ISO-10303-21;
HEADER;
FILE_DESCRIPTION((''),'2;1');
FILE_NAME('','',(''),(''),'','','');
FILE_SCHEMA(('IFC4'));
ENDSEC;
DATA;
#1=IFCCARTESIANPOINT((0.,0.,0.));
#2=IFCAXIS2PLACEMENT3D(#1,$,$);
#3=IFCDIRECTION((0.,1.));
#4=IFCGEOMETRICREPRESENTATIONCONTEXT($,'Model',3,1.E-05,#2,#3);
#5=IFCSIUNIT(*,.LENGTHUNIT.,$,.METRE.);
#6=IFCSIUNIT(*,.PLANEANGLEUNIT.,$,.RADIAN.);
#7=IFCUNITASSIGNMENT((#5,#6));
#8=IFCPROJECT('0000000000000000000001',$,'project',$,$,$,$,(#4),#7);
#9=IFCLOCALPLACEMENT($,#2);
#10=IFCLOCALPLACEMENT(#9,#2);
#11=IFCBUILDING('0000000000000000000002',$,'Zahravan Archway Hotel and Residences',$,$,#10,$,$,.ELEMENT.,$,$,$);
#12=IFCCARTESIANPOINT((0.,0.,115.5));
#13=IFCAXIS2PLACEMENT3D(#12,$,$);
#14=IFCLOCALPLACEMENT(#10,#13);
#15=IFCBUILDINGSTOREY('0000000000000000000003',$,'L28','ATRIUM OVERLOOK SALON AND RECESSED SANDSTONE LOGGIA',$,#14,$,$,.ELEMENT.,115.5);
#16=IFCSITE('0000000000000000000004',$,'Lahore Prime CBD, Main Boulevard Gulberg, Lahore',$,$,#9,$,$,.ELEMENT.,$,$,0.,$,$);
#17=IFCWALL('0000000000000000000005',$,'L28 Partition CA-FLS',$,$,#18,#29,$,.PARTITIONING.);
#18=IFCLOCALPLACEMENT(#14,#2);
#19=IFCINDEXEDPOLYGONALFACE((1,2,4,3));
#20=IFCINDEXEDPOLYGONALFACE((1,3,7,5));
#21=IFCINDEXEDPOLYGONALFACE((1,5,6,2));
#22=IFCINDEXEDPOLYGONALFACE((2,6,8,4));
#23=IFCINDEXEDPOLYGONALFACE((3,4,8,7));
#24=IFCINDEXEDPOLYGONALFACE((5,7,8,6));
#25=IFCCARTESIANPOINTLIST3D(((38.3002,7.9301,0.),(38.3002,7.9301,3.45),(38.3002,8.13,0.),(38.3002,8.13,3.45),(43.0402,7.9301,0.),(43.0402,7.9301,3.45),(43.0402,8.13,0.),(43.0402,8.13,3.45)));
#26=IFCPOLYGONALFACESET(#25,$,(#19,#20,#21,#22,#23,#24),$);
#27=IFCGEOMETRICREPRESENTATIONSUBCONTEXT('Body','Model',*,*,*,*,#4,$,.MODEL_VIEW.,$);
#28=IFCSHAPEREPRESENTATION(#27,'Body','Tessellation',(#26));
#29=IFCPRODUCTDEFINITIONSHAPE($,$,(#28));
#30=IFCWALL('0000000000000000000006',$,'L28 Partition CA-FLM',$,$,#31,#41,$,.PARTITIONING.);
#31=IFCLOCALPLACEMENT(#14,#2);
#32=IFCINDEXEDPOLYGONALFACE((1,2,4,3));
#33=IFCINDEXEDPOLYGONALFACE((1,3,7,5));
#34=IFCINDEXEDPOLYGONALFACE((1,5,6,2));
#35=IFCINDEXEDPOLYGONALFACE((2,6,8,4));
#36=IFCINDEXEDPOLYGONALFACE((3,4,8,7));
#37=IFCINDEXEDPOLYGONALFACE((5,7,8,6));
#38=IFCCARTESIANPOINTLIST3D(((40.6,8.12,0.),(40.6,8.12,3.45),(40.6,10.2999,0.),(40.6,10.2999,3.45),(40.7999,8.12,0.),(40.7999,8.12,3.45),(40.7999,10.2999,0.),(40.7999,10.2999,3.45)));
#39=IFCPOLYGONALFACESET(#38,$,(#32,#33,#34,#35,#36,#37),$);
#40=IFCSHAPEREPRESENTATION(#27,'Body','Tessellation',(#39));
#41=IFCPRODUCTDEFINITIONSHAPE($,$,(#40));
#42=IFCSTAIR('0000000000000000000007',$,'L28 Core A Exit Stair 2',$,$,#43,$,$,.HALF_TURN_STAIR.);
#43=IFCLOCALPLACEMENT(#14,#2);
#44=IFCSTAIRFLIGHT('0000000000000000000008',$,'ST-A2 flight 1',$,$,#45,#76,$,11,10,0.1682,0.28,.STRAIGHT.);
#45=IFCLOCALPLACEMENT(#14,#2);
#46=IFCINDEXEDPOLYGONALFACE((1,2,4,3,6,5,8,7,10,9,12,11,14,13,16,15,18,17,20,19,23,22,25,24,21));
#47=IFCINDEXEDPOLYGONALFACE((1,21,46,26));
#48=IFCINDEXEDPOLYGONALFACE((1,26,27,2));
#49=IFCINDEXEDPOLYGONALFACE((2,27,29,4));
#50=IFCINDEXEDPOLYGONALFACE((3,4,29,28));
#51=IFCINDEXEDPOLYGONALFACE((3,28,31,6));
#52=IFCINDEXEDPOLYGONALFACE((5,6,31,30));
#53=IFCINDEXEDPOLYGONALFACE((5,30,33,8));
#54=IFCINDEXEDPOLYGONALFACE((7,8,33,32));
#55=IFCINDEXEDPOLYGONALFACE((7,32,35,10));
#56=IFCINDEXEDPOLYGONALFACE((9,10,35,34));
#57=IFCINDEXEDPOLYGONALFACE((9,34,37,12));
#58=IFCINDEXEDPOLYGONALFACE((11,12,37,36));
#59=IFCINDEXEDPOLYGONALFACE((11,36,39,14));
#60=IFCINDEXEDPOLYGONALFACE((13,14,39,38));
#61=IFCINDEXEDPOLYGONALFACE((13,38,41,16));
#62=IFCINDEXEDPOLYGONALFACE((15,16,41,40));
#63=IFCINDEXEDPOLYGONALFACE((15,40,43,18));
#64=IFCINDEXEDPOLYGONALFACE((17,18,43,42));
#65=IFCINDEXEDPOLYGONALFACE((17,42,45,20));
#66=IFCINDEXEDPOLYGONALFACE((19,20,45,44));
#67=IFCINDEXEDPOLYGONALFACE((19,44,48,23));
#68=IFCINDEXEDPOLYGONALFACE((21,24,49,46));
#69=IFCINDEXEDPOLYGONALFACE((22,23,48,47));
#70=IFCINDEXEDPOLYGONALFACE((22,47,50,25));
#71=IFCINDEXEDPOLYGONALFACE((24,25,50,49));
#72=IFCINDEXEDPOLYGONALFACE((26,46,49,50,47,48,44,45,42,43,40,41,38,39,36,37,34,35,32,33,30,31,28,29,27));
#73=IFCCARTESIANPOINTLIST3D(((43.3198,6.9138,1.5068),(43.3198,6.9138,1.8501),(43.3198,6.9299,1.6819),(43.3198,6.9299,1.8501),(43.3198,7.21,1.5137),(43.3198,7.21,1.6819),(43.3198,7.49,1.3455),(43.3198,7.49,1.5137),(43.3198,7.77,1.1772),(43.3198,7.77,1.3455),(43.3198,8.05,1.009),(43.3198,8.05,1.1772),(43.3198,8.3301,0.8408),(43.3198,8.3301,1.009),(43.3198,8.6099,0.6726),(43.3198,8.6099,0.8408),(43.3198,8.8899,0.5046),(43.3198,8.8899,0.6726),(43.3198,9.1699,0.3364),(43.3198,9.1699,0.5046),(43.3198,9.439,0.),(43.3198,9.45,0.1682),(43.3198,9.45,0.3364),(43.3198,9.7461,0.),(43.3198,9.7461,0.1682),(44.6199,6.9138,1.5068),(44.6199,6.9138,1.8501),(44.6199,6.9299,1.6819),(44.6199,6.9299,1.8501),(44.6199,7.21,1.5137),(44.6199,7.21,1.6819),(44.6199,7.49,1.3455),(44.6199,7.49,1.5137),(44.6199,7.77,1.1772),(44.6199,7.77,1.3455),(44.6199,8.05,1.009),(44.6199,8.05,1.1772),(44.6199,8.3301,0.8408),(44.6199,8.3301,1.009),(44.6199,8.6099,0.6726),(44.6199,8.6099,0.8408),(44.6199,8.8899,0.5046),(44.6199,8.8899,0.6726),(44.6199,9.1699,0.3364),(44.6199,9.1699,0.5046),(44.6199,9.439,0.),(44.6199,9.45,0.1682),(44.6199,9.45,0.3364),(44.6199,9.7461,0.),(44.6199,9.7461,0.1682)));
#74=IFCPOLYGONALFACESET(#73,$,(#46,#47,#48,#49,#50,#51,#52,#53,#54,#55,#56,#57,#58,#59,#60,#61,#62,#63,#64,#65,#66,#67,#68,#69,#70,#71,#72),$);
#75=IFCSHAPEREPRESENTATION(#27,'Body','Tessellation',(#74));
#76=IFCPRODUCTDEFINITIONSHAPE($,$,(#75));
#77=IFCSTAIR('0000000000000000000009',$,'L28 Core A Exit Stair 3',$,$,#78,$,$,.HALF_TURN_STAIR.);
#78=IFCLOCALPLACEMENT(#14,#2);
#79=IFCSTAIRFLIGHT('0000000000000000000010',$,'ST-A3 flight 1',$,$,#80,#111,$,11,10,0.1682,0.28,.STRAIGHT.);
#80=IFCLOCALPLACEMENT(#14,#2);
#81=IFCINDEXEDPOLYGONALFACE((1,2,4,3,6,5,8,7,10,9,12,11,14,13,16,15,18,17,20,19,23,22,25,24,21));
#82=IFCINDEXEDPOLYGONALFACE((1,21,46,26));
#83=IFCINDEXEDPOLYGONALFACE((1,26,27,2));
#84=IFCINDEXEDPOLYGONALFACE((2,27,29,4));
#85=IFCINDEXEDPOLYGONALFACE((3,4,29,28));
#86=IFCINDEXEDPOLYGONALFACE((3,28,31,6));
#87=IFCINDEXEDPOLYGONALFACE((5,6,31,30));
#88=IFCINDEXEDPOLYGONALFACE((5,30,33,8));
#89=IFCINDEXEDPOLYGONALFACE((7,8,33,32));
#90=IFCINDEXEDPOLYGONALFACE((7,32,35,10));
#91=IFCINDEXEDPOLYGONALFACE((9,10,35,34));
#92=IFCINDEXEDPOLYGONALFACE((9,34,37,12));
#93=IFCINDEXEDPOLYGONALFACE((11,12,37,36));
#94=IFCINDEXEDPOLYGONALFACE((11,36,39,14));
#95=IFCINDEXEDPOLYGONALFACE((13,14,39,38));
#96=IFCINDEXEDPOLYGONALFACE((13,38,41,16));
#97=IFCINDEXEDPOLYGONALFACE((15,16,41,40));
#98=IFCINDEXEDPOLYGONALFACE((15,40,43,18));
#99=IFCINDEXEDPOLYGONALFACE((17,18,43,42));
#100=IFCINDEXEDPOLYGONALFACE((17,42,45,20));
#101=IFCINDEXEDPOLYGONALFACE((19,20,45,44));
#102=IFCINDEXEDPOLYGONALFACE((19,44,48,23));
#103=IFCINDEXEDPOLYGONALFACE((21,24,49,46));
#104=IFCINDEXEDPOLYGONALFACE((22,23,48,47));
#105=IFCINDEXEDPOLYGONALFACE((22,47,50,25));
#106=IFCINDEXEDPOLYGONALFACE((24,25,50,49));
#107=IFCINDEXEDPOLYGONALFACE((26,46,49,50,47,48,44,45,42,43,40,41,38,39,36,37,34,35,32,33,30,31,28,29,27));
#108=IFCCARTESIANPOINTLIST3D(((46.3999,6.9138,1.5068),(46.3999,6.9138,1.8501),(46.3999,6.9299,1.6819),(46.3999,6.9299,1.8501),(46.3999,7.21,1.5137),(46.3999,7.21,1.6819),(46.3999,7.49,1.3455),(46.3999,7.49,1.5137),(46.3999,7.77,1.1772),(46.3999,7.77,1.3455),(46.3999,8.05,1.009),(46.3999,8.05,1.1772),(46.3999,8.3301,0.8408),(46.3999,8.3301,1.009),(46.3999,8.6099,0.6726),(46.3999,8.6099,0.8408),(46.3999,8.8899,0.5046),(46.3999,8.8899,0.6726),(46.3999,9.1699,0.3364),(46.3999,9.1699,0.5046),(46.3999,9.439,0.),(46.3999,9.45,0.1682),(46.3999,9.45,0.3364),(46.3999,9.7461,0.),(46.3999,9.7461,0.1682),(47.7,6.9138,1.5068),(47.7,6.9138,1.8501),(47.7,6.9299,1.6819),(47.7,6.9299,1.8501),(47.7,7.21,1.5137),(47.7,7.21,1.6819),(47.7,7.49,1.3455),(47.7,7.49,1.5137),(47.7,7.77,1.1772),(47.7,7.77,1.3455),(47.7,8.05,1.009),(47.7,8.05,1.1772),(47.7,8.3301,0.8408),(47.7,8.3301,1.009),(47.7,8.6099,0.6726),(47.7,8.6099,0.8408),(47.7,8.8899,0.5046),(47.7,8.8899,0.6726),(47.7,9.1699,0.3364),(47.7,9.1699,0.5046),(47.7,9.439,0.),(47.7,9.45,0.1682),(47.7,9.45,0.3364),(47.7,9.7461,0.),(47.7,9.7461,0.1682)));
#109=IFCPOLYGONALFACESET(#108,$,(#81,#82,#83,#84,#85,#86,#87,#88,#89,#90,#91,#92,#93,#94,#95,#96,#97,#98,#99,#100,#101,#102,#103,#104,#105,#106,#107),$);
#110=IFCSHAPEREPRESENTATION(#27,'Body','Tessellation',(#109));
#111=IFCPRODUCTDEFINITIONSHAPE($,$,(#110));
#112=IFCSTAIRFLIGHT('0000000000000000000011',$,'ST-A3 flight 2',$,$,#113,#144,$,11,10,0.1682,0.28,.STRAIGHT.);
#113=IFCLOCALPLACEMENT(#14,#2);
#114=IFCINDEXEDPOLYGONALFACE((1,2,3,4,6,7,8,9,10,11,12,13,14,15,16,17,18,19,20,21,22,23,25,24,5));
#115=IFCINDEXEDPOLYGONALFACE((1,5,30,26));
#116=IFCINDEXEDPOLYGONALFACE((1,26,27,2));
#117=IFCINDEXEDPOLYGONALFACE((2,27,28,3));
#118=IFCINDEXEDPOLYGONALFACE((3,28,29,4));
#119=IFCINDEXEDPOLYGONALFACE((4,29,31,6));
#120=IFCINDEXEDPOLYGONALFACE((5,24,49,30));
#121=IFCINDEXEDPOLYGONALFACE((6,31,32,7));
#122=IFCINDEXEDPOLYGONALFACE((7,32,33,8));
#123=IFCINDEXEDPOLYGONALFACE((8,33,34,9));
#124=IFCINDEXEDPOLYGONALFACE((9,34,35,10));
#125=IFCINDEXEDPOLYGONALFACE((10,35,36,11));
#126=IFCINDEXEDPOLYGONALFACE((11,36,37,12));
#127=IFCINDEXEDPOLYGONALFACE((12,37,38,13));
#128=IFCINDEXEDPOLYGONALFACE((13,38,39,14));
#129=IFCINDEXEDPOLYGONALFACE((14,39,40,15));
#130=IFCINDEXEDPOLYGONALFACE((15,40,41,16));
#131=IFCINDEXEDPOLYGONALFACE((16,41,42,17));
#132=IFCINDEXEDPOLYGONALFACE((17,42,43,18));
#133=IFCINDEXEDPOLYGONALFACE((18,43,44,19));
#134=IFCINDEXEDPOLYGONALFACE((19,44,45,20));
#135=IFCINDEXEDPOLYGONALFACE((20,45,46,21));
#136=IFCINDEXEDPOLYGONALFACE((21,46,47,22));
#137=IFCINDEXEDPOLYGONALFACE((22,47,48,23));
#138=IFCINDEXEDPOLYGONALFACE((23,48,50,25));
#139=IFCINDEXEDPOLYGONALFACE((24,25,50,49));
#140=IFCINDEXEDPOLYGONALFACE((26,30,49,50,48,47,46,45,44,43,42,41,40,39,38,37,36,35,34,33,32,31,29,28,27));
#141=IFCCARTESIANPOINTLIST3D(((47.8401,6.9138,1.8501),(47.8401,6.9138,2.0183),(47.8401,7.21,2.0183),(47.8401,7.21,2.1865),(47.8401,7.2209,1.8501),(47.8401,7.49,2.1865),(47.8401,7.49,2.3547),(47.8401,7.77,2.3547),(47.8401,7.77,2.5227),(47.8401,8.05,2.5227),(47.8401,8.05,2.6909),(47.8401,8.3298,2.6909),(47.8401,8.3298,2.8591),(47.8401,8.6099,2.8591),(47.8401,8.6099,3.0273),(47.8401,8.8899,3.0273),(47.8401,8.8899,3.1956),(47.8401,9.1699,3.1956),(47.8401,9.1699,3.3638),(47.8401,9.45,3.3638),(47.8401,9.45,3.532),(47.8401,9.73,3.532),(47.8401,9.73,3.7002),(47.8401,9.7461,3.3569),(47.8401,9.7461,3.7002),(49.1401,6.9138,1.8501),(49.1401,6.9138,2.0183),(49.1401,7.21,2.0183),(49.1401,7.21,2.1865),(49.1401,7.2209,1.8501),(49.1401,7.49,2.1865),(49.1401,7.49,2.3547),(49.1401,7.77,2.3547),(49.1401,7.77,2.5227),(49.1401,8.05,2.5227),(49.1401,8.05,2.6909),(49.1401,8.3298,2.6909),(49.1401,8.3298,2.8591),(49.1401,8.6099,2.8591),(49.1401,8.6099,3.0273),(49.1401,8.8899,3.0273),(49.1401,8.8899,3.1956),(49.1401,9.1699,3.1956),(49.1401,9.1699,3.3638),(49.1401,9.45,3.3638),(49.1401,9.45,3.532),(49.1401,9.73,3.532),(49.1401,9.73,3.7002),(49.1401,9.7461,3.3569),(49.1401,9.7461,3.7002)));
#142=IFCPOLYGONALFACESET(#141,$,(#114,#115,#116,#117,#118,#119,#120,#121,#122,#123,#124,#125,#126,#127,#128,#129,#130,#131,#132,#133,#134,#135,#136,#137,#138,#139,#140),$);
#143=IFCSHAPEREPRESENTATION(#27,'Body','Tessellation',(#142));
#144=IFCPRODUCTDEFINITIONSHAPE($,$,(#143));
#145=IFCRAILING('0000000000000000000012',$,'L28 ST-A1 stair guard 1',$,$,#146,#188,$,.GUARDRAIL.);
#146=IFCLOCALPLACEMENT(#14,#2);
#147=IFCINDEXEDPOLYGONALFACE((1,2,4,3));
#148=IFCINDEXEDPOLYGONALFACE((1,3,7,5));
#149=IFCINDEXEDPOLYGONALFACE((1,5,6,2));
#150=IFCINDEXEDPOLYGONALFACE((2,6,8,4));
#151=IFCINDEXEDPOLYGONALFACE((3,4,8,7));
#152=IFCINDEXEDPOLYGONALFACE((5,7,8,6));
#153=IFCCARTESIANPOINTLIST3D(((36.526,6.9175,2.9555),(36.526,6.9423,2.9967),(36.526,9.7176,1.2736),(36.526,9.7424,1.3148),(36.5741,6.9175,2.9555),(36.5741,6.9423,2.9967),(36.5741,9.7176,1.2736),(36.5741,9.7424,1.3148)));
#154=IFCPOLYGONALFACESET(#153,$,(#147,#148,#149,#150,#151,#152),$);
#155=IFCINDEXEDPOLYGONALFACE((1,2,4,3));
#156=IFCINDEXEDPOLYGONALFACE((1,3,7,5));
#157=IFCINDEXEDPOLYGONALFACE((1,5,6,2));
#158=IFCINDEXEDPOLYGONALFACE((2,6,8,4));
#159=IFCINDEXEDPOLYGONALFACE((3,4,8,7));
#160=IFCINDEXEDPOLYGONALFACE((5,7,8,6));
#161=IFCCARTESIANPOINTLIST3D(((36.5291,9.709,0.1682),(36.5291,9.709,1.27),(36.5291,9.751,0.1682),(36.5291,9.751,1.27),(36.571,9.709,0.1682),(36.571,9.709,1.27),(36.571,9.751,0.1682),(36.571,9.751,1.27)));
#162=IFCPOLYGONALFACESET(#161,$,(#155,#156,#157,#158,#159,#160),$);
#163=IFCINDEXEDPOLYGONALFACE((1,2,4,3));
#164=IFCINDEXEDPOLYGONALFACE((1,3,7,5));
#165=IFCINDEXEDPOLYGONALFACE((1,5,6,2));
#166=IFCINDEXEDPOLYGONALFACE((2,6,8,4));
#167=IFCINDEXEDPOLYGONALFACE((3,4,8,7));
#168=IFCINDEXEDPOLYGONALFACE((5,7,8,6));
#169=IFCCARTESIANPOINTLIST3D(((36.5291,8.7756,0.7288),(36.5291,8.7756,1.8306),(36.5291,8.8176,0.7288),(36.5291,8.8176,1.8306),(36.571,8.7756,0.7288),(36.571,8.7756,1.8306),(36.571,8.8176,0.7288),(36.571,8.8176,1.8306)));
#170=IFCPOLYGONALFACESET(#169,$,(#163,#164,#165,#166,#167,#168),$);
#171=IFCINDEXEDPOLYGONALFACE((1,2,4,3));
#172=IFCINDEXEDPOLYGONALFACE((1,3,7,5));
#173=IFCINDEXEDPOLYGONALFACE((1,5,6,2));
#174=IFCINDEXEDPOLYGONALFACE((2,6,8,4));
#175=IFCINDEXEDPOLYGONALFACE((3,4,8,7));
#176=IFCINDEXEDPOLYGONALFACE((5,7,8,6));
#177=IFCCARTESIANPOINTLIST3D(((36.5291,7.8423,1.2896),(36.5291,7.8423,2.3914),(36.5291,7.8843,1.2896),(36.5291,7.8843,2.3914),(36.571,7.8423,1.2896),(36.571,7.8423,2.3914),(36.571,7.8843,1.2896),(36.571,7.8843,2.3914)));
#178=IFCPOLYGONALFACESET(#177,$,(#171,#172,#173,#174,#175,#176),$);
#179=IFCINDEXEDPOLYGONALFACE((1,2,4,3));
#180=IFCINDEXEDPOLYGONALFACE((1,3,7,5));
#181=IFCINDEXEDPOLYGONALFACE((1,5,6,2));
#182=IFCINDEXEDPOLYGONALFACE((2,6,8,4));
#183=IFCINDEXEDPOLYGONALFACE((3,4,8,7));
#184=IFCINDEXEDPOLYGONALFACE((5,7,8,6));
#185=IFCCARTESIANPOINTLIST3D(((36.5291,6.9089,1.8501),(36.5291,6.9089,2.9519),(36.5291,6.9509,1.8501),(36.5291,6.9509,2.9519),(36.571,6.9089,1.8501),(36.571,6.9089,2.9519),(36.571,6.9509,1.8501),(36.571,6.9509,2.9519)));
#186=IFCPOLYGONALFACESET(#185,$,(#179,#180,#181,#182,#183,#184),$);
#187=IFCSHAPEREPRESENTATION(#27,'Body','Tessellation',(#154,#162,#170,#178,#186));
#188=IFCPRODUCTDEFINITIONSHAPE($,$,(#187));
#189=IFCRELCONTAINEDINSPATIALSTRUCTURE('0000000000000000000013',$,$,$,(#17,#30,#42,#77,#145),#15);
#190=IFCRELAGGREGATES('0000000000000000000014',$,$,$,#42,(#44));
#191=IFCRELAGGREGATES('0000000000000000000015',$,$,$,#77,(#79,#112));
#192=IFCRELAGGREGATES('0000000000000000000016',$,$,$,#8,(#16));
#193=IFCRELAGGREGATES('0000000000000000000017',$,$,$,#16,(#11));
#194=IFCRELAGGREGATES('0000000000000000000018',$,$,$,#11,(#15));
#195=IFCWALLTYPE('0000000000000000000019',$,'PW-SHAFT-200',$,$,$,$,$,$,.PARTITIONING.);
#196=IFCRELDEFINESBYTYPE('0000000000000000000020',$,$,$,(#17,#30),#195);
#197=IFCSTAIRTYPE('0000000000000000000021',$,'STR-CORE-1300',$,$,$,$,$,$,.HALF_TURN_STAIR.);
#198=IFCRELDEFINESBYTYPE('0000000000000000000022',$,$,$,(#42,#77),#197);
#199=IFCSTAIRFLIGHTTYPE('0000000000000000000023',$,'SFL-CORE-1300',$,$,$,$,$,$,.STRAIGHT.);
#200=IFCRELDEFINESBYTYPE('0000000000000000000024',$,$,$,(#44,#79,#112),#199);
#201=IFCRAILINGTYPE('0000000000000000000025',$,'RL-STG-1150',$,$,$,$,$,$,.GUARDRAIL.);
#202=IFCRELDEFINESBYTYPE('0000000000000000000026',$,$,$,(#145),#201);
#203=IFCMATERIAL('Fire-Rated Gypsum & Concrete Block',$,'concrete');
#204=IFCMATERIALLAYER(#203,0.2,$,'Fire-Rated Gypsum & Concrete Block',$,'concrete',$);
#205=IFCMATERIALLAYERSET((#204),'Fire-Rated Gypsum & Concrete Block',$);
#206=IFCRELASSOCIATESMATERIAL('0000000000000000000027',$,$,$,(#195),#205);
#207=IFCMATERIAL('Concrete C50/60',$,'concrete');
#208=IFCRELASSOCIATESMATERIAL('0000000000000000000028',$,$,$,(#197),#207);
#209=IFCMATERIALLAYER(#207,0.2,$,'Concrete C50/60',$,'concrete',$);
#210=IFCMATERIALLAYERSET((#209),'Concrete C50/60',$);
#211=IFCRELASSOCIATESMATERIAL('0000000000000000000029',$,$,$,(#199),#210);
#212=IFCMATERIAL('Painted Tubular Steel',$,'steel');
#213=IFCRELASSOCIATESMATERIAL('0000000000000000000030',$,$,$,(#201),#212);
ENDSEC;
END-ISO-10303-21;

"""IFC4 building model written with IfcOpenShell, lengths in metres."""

from ifc_helpers import new_model, si_unit, direction, frame, frame_2d, origin, origin_2d, place, context, subcontext, project, spatial, polyline, rectangle, outline, extrude, source, transform, mapped, material, layer, layer_set, type_object, element, aggregate, save


model = new_model("IFC4")

# Units and contexts
model_context = context("Model", 3, precision=1e-05, world=origin(), true_north=direction((0.0, 1.0)))
body_context = subcontext(model_context, "Body", "Model", "MODEL_VIEW")
ifc_project = project(units=[si_unit("LENGTHUNIT", "METRE"), si_unit("PLANEANGLEUNIT", "RADIAN")], contexts=[model_context])

# Site, building, storey
site_placement = place(None, origin())
site = spatial("IfcSite", under=ifc_project, at=site_placement, Name="Lahore Prime CBD, Main Boulevard Gulberg, Lahore", CompositionType="ELEMENT", RefElevation=0.0)
building_placement = place(site_placement, origin())
building = spatial("IfcBuilding", under=site, at=building_placement, Name="Zahravan Archway Hotel and Residences", CompositionType="ELEMENT")
storey_placement = place(building_placement, frame((0.0, 0.0, 115.5)))
storey = spatial("IfcBuildingStorey", under=building, at=storey_placement, Name="L28", Description="ATRIUM OVERLOOK SALON AND RECESSED SANDSTONE LOGGIA", CompositionType="ELEMENT", Elevation=115.5)

# Walls
ifc_material_1 = material(Name="Fire-Rated Gypsum & Concrete Block", Category="concrete")
ifc_layer_1 = layer(ifc_material_1, 0.2, Name="Fire-Rated Gypsum & Concrete Block", Category="concrete")
ifc_layer_set_1 = layer_set([ifc_layer_1], Name="Fire-Rated Gypsum & Concrete Block")
wall_type = type_object("IfcWallType", Name="PW-SHAFT-200", PredefinedType="PARTITIONING", material=ifc_layer_set_1)
wall_1_placement = place(storey_placement, frame((38.3, 8.03, 0.0), z_axis=(0.0, 0.0, 1.0), x_axis=(1.0, 0.0, 0.0)))
element("IfcWall", 1, at=wall_1_placement, inside=storey, type_object=wall_type, Name="L28 Partition CA-FLS", PredefinedType="PARTITIONING", context=body_context, shape_type="SweptSolid", body=[
    extrude(rectangle(XDim=4.74, YDim=0.2, at=frame_2d((2.3701, 0.0))), origin(), (0.0, 0.0, 1.0), 3.45),
])
wall_2_placement = place(storey_placement, frame((40.7, 8.1201, 0.0), z_axis=(0.0, 0.0, 1.0), x_axis=(0.0, 1.0, 0.0)))
element("IfcWall", 2, at=wall_2_placement, inside=storey, type_object=wall_type, Name="L28 Partition CA-FLM", PredefinedType="PARTITIONING", context=body_context, shape_type="SweptSolid", body=[
    extrude(rectangle(XDim=2.1799, YDim=0.2, at=frame_2d((1.0898, 0.0))), origin(), (0.0, 0.0, 1.0), 3.45),
])

# Stair, stair flight
ifc_material_2 = material(Name="Concrete C50/60", Category="concrete")
stair_type = type_object("IfcStairType", Name="STR-CORE-1300", PredefinedType="HALF_TURN_STAIR", material=ifc_material_2)
stair_1_placement = place(storey_placement, origin())
stair_1 = element("IfcStair", 3, at=stair_1_placement, inside=storey, type_object=stair_type, Name="L28 Core A Exit Stair 2", PredefinedType="HALF_TURN_STAIR")
ifc_layer_2 = layer(ifc_material_2, 0.2, Name="Concrete C50/60", Category="concrete")
ifc_layer_set_2 = layer_set([ifc_layer_2], Name="Concrete C50/60")
stair_flight_type = type_object("IfcStairFlightType", Name="SFL-CORE-1300", PredefinedType="STRAIGHT", material=ifc_layer_set_2)
shared_shape = source(origin(), body_context, "Body", "SweptSolid", [
    extrude(outline(polyline([(-0.0161, 0.0), (-0.0161, 0.1682), (0.28, 0.1682), (0.28, 0.3364), (0.5601, 0.3364), (0.5601, 0.5046), (0.8401, 0.5046), (0.8401, 0.6726), (1.1201, 0.6726), (1.1201, 0.8408), (1.3999, 0.8408), (1.3999, 1.009), (1.6799, 1.009), (1.6799, 1.1772), (1.96, 1.1772), (1.96, 1.3455), (2.24, 1.3455), (2.24, 1.5137), (2.52, 1.5137), (2.52, 1.6819), (2.8, 1.6819), (2.8, 1.8501), (2.8162, 1.8501), (2.8162, 1.5068), (0.291, 0.0), (-0.0161, 0.0)])), frame((0.0, 0.6499, 0.0), z_axis=(0.0, -1.0, 0.0), x_axis=(1.0, 0.0, 0.0)), (0.0, 0.0, 1.0), 1.3),
])
stair_flight_1_placement = place(storey_placement, frame((43.97, 9.73, 0.0), z_axis=(0.0, 0.0, 1.0), x_axis=(0.0, -1.0, 0.0)))
stair_flight_1 = element("IfcStairFlight", 4, at=stair_flight_1_placement, type_object=stair_flight_type, Name="ST-A2 flight 1", NumberOfRisers=11, NumberOfTreads=10, PredefinedType="STRAIGHT", RiserHeight=0.1682, TreadLength=0.28, context=body_context, shape_type="MappedRepresentation", body=[
    mapped(shared_shape, transform((0.0, 0.0, 0.0), scale=1.0)),
])
aggregate(stair_1, [stair_flight_1])

# Stair, stair flights
stair_2_placement = place(storey_placement, origin())
stair_2 = element("IfcStair", 5, at=stair_2_placement, inside=storey, type_object=stair_type, Name="L28 Core A Exit Stair 3", PredefinedType="HALF_TURN_STAIR")
stair_flight_2_placement = place(storey_placement, frame((47.05, 9.73, 0.0), z_axis=(0.0, 0.0, 1.0), x_axis=(0.0, -1.0, 0.0)))
stair_flight_2 = element("IfcStairFlight", 6, at=stair_flight_2_placement, type_object=stair_flight_type, Name="ST-A3 flight 1", NumberOfRisers=11, NumberOfTreads=10, PredefinedType="STRAIGHT", RiserHeight=0.1682, TreadLength=0.28, context=body_context, shape_type="MappedRepresentation", body=[
    mapped(shared_shape, transform((0.0, 0.0, 0.0), scale=1.0)),
])
stair_flight_3_placement = place(storey_placement, frame((48.49, 6.9299, 1.8501), z_axis=(0.0, 0.0, 1.0), x_axis=(0.0, 1.0, 0.0)))
stair_flight_3 = element("IfcStairFlight", 7, at=stair_flight_3_placement, type_object=stair_flight_type, Name="ST-A3 flight 2", NumberOfRisers=11, NumberOfTreads=10, PredefinedType="STRAIGHT", RiserHeight=0.1682, TreadLength=0.28, context=body_context, shape_type="MappedRepresentation", body=[
    mapped(shared_shape, transform((0.0, 0.0, 0.0), scale=1.0)),
])
aggregate(stair_2, [stair_flight_2, stair_flight_3])

# Railing
ifc_material_3 = material(Name="Painted Tubular Steel", Category="steel")
railing_type_1 = type_object("IfcRailingType", Name="RL-STG-1150", PredefinedType="GUARDRAIL", material=ifc_material_3)
railing_1_placement = place(storey_placement, frame((36.55, 9.73, 0.1682)))
element("IfcRailing", 8, at=railing_1_placement, inside=storey, type_object=railing_type_1, Name="L28 ST-A1 stair guard 1", PredefinedType="GUARDRAIL", context=body_context, shape_type="SweptSolid", body=[
    extrude(rectangle(XDim=0.0481, YDim=0.0481, at=origin_2d()), frame((0.0, 0.0, 1.126), z_axis=(0.0, -0.857242, 0.514913), x_axis=(1.0, 0.0, 0.0)), (0.0, 0.0, 1.0), 3.2664),
    extrude(rectangle(XDim=0.042, YDim=0.042, at=origin_2d()), origin(), (0.0, 0.0, 1.0), 1.1018),
    extrude(rectangle(XDim=0.042, YDim=0.042, at=origin_2d()), frame((0.0, -0.9333, 0.5605)), (0.0, 0.0, 1.0), 1.1018),
    extrude(rectangle(XDim=0.042, YDim=0.042, at=origin_2d()), frame((0.0, -1.8667, 1.1213)), (0.0, 0.0, 1.0), 1.1018),
    extrude(rectangle(XDim=0.042, YDim=0.042, at=origin_2d()), frame((0.0, -2.8, 1.6819)), (0.0, 0.0, 1.0), 1.1018),
])

save(model, "model.ifc")
